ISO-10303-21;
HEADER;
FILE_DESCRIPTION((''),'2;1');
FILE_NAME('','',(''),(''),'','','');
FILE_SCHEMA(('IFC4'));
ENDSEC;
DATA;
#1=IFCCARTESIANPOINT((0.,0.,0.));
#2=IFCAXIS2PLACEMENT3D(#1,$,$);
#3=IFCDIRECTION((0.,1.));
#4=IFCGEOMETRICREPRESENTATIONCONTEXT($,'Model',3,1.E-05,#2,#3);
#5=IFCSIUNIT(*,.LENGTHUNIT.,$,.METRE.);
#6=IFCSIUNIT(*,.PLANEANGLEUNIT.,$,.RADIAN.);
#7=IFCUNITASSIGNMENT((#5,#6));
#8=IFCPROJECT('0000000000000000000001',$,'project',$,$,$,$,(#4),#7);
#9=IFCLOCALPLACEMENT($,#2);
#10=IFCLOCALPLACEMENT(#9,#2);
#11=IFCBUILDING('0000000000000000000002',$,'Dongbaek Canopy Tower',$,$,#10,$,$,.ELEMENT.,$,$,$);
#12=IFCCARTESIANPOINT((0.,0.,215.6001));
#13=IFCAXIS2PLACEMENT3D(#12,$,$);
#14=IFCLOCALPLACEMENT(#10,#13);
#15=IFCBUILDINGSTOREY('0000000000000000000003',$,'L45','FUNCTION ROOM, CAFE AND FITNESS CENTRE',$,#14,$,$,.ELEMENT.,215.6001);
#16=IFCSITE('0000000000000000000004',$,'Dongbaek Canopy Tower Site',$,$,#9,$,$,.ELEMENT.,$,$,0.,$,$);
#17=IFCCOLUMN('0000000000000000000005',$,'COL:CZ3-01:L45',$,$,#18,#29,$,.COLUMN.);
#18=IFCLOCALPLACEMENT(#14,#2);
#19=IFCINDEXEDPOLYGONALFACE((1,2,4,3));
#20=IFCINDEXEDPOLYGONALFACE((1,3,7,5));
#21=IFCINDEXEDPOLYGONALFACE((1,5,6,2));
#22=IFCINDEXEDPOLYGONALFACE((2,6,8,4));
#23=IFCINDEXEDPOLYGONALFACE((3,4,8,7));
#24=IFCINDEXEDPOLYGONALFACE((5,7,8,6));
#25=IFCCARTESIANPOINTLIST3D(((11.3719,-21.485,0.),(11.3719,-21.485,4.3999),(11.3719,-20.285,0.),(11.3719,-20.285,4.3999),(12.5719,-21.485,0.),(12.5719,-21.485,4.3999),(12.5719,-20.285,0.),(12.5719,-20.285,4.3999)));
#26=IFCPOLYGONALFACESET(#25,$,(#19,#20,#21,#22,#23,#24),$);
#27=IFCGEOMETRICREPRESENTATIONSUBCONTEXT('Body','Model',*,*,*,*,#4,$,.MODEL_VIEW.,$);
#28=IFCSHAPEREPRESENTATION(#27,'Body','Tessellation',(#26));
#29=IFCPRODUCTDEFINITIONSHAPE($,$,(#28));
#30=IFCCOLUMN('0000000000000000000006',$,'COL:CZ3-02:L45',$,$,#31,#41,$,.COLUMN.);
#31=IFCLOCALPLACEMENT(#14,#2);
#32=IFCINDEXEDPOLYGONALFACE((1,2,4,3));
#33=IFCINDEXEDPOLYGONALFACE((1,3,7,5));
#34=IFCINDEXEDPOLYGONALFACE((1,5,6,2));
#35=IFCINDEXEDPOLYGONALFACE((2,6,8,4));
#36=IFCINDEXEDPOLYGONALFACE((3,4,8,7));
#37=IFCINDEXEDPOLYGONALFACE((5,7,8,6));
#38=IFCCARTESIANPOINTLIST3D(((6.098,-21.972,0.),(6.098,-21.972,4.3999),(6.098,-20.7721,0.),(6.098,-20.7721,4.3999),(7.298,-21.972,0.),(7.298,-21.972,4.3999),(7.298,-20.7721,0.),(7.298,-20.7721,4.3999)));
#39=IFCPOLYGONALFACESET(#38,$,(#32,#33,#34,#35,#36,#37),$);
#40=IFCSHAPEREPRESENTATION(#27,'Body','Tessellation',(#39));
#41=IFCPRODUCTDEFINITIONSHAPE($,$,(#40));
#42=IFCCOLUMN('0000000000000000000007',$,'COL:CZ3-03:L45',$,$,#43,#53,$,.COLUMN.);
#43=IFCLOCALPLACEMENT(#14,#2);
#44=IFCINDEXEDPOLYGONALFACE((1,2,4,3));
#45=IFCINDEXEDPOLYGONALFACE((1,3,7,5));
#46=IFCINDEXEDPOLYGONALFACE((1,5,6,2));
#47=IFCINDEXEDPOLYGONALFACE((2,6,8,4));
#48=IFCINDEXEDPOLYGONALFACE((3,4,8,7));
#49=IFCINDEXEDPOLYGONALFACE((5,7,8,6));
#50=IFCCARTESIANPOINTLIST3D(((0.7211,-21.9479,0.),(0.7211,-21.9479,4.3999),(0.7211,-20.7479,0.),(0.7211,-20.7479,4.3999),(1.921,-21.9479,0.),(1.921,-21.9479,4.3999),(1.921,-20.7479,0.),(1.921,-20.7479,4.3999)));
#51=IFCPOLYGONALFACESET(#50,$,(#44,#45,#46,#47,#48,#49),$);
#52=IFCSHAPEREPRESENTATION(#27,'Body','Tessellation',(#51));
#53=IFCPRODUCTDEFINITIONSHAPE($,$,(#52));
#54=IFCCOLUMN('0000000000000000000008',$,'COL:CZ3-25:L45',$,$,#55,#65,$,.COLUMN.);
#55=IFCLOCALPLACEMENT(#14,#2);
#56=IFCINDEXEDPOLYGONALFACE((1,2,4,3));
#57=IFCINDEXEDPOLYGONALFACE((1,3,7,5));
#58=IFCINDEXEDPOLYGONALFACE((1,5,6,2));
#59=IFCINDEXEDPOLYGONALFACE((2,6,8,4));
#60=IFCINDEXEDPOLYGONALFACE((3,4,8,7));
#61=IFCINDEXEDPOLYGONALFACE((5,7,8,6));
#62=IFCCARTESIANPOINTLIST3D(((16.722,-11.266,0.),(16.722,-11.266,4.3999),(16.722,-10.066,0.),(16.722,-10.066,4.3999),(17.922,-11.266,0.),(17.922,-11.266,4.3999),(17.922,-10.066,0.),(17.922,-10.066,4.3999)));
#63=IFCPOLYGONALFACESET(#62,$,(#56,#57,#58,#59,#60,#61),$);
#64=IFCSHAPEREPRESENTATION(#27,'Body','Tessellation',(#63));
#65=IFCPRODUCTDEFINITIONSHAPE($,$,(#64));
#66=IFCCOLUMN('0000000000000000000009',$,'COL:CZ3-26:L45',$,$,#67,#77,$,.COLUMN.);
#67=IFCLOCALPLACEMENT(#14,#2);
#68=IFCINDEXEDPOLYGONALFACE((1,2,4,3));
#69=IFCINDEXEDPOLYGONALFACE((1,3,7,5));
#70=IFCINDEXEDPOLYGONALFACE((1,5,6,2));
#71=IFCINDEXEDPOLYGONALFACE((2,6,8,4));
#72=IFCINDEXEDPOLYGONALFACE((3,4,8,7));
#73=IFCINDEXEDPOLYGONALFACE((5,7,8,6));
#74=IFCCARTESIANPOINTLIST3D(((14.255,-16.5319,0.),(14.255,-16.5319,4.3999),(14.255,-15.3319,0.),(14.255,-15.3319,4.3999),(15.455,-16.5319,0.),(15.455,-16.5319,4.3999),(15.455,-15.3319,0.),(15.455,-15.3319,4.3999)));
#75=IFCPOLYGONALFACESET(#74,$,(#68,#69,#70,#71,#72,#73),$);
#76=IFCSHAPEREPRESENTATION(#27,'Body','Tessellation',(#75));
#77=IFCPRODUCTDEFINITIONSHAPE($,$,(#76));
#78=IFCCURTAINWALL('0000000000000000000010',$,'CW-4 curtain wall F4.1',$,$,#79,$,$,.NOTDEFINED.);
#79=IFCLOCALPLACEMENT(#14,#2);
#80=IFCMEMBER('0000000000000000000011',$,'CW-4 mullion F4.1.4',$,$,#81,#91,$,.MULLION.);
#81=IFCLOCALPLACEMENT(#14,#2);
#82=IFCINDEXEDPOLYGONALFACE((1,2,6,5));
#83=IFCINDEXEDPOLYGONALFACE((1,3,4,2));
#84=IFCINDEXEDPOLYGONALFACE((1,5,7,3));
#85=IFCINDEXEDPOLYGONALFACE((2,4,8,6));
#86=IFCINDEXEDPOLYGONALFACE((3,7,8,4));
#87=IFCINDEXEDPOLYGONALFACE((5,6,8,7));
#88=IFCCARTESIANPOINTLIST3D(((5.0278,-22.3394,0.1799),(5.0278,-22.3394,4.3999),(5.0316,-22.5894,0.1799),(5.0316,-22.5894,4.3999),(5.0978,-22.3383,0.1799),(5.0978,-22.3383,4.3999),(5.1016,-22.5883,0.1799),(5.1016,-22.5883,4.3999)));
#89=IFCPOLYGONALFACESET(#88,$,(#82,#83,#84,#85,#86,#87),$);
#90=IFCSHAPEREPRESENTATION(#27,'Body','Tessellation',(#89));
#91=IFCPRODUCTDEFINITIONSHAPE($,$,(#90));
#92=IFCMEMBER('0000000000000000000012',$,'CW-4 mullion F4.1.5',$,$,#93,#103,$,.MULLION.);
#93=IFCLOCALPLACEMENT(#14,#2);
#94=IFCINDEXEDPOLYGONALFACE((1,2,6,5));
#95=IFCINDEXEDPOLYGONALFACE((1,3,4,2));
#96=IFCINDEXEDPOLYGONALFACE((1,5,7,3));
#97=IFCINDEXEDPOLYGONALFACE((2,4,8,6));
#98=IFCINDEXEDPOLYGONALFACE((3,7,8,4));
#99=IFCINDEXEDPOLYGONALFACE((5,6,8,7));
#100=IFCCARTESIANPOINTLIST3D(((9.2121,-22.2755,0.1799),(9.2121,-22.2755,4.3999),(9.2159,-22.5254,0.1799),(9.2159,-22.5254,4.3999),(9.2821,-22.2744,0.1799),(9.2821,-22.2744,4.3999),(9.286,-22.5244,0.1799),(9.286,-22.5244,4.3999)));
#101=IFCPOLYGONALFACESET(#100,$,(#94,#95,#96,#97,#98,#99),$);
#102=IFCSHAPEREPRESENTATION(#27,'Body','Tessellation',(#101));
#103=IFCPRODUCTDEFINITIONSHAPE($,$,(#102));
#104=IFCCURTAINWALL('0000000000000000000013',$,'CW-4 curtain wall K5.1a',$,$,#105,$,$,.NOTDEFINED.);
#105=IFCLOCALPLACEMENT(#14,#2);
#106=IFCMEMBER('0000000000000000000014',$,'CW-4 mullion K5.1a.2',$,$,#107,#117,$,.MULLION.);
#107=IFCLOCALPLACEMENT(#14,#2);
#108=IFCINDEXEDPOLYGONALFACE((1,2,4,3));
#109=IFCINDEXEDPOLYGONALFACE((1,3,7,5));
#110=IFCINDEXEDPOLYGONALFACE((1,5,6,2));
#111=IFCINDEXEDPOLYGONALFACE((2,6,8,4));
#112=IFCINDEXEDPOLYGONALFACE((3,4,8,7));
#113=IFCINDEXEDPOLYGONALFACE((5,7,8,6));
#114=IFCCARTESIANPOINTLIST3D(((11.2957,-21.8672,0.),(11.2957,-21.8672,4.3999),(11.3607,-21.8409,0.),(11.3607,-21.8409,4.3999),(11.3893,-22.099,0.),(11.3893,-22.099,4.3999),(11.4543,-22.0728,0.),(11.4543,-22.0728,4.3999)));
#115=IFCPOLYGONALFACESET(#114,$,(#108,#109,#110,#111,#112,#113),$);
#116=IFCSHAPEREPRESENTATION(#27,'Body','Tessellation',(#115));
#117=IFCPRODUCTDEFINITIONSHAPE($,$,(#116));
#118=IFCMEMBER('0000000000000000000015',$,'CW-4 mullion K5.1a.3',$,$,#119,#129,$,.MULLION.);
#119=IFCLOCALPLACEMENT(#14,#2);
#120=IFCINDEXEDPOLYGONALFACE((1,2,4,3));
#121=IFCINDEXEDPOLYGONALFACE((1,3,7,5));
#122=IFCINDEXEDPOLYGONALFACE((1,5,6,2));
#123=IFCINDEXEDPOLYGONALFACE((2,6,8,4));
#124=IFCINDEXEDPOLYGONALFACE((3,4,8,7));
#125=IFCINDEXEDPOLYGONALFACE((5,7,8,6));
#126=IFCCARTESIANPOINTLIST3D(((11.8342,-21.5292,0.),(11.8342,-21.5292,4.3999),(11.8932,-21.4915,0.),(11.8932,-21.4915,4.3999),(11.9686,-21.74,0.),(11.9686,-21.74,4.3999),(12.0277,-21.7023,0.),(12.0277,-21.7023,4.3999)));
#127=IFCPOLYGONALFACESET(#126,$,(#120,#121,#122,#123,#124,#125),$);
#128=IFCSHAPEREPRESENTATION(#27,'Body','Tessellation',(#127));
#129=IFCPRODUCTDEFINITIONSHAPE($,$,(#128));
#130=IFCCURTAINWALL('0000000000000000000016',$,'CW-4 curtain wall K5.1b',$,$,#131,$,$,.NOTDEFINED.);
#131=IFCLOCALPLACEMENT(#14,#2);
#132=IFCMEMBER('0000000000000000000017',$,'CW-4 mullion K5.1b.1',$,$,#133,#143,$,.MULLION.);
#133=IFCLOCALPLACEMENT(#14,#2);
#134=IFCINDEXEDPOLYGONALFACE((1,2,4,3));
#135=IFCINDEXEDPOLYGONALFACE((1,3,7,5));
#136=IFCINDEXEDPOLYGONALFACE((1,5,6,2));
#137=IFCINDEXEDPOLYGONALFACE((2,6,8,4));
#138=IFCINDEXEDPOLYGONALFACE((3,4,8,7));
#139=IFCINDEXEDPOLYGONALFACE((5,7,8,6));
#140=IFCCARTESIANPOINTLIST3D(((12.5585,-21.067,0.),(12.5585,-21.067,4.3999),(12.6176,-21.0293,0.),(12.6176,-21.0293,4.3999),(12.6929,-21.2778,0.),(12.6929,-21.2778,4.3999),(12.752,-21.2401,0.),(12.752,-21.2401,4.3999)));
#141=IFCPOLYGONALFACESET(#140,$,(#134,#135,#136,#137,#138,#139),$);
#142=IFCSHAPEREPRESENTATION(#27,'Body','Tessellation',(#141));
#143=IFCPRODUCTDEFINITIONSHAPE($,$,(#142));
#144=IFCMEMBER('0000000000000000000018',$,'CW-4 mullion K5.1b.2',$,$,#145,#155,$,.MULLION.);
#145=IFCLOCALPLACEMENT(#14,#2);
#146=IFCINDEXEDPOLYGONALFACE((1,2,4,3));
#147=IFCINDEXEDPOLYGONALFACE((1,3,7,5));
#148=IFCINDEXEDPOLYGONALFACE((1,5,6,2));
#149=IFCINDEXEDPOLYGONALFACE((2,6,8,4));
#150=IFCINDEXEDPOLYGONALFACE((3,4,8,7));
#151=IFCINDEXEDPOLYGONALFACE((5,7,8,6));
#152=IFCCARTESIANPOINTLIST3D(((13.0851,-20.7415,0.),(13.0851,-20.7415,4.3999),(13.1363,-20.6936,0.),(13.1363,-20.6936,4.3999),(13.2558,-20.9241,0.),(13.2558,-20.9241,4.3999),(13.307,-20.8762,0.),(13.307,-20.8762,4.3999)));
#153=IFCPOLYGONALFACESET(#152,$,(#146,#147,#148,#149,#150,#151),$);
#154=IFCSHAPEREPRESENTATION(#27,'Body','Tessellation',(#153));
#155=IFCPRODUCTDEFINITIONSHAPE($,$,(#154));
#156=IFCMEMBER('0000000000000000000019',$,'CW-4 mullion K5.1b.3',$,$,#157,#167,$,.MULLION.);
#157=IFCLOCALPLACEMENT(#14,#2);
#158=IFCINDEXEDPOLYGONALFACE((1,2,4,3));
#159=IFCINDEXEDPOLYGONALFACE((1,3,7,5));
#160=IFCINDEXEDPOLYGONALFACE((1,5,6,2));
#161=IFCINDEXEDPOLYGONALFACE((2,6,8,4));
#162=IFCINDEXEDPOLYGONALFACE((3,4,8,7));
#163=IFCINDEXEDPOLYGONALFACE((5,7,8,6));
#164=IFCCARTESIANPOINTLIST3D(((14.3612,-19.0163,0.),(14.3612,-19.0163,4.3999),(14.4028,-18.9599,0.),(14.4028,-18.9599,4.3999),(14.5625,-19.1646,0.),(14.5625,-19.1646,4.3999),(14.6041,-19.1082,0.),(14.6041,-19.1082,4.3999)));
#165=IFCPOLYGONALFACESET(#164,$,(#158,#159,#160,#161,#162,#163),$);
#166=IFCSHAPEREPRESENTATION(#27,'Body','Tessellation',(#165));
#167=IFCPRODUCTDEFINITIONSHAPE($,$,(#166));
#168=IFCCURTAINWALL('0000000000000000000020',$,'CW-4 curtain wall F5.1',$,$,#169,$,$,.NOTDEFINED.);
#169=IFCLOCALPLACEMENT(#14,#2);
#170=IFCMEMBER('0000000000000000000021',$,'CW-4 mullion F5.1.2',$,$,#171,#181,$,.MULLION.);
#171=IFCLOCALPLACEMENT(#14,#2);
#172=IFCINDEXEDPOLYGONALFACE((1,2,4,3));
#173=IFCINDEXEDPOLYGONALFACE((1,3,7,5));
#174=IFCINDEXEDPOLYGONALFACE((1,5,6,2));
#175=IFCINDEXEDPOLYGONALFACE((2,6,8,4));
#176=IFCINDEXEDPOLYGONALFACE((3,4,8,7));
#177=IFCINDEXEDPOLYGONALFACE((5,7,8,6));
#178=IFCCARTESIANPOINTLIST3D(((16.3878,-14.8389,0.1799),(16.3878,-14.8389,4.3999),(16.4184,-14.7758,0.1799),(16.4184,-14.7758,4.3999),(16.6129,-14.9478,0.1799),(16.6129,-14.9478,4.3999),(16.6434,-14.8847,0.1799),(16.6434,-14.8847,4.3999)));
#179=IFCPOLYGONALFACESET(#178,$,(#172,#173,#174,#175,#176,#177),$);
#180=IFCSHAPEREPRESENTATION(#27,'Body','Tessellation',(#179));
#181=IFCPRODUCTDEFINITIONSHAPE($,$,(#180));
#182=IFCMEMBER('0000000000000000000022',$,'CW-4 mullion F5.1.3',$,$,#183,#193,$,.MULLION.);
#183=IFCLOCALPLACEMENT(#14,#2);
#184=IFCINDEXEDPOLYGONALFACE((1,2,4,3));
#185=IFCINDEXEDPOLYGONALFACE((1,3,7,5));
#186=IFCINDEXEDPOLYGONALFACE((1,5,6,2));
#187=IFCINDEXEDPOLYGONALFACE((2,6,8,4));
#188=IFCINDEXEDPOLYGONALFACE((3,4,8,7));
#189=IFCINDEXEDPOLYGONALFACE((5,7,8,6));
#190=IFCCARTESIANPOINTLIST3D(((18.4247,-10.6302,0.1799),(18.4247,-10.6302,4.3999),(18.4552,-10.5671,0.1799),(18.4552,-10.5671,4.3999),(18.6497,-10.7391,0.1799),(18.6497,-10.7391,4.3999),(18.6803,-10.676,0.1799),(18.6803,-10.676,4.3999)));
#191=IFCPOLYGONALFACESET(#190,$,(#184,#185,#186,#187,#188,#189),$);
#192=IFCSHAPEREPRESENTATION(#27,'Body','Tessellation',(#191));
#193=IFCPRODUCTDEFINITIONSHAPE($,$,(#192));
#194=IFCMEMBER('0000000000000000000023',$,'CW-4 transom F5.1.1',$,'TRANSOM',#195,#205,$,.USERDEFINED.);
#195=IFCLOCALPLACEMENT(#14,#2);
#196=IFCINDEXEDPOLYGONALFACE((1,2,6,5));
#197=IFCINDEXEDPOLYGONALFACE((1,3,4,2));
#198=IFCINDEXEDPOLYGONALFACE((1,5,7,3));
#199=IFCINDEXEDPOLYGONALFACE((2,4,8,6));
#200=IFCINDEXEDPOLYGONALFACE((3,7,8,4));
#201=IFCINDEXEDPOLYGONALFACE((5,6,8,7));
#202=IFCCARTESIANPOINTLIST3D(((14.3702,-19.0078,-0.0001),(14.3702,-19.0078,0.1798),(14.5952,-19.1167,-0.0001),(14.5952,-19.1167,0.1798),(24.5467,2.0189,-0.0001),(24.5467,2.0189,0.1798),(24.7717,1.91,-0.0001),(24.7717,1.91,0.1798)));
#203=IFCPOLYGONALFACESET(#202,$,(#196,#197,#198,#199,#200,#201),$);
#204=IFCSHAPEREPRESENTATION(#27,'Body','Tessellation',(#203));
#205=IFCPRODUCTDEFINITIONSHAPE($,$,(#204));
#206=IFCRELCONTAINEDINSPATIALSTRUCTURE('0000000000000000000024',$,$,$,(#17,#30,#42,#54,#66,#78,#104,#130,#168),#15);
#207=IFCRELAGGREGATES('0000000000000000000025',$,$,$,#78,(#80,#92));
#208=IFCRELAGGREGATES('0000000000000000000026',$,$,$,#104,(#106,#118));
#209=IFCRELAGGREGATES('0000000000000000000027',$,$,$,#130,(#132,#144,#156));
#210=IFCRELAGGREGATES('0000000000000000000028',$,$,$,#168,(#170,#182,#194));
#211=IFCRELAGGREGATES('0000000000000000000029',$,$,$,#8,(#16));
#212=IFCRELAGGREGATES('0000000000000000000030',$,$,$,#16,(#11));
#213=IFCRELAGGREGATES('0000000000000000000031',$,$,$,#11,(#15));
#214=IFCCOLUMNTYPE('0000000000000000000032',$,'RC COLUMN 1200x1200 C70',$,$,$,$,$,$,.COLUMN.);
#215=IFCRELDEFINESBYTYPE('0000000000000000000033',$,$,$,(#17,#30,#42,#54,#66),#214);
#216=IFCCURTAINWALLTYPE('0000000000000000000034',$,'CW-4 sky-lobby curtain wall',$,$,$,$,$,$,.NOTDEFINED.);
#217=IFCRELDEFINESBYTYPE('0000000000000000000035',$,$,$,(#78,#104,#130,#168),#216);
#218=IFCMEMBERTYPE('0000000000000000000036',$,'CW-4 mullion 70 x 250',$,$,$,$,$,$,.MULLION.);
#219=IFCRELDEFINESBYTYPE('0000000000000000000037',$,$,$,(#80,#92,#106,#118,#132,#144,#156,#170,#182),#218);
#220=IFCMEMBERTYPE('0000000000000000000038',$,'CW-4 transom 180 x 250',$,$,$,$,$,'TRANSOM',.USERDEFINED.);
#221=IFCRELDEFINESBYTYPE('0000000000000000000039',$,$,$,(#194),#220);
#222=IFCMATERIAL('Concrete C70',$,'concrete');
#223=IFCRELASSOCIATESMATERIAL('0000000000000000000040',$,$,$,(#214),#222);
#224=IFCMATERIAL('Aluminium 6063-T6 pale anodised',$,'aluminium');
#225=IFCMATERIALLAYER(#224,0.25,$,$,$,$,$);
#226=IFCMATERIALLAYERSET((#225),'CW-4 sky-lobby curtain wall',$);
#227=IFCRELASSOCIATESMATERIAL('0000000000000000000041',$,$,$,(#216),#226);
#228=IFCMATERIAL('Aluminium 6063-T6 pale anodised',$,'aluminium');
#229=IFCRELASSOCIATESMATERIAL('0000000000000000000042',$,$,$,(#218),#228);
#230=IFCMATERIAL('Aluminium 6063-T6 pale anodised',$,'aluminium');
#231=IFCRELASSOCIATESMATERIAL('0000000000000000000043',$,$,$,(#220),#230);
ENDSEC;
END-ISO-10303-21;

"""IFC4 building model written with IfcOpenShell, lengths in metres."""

from ifc_helpers import new_model, si_unit, direction, frame, origin, origin_2d, place, context, subcontext, project, spatial, rectangle, extrude, material, layer, layer_set, material_profile, profile_set, type_object, element, aggregate, save


model = new_model("IFC4")

# Units and contexts
model_context = context("Model", 3, precision=1e-05, world=origin(), true_north=direction((0.0, 1.0)))
body_context = subcontext(model_context, "Body", "Model", "MODEL_VIEW")
ifc_project = project(units=[si_unit("LENGTHUNIT", "METRE"), si_unit("PLANEANGLEUNIT", "RADIAN")], contexts=[model_context])

# Site, building, storey
site_placement = place(None, origin())
site = spatial("IfcSite", under=ifc_project, at=site_placement, Name="Dongbaek Canopy Tower Site", CompositionType="ELEMENT", RefElevation=0.0)
building_placement = place(site_placement, origin())
building = spatial("IfcBuilding", under=site, at=building_placement, Name="Dongbaek Canopy Tower", CompositionType="ELEMENT")
storey_placement = place(building_placement, frame((0.0, 0.0, 215.6001)))
storey = spatial("IfcBuildingStorey", under=building, at=storey_placement, Name="L45", Description="FUNCTION ROOM, CAFE AND FITNESS CENTRE", CompositionType="ELEMENT", Elevation=215.6001)

# Columns
ifc_material_1 = material(Name="Concrete C70", Category="concrete")
ifc_material_profile_1 = material_profile(ifc_material_1, rectangle(XDim=1.2, YDim=1.2, at=origin_2d()), Name="RC COLUMN 1200x1200 C70")
ifc_profile_set_1 = profile_set([ifc_material_profile_1], Name="Concrete C70")
column_type = type_object("IfcColumnType", Name="RC COLUMN 1200x1200 C70", PredefinedType="COLUMN", material=ifc_profile_set_1)
for number, where, z_axis, x_axis, name in (
    (1, (11.9719, -20.885, 0.0), (0.0, 0.0, 1.0), (1.0, 0.0, 0.0), "COL:CZ3-01:L45"),
    (2, (6.698, -21.3721, 0.0), (0.0, 0.0, 1.0), (1.0, 0.0, 0.0), "COL:CZ3-02:L45"),
    (3, (1.321, -21.3479, 0.0), (0.0, 0.0, 1.0), (1.0, 0.0, 0.0), "COL:CZ3-03:L45"),
    (4, (17.322, -10.666, 0.0), (0.0, 0.0, 1.0), (1.0, 0.0, 0.0), "COL:CZ3-25:L45"),
    (5, (14.855, -15.9319, 0.0), (0.0, 0.0, 1.0), (1.0, 0.0, 0.0), "COL:CZ3-26:L45"),
):
    element("IfcColumn", number, at=place(storey_placement, frame(where, z_axis=z_axis, x_axis=x_axis)), inside=storey, type_object=column_type, Name=name, PredefinedType="COLUMN", context=body_context, shape_type="SweptSolid", body=[
        extrude(rectangle(XDim=1.2, YDim=1.2, at=origin_2d()), origin(), (0.0, 0.0, 1.0), 4.3999),
    ])

# Curtain walls, members
ifc_material_2 = material(Name="Aluminium 6063-T6 pale anodised", Category="aluminium")
ifc_layer_1 = layer(ifc_material_2, 0.25)
ifc_layer_set_1 = layer_set([ifc_layer_1], Name="CW-4 sky-lobby curtain wall")
curtain_wall_type = type_object("IfcCurtainWallType", Name="CW-4 sky-lobby curtain wall", PredefinedType="NOTDEFINED", material=ifc_layer_set_1)
curtain_wall_1_placement = place(storey_placement, origin())
curtain_wall_1 = element("IfcCurtainWall", 6, at=curtain_wall_1_placement, inside=storey, type_object=curtain_wall_type, Name="CW-4 curtain wall F4.1", PredefinedType="NOTDEFINED")
ifc_material_3 = material(Name="Aluminium 6063-T6 pale anodised", Category="aluminium")
ifc_material_profile_2 = material_profile(ifc_material_3, rectangle(XDim=0.25, YDim=0.0701, at=origin_2d()), Name="CW-4 mullion 70 x 250")
ifc_profile_set_2 = profile_set([ifc_material_profile_2], Name="Aluminium 6063-T6 pale anodised")
member_type_1 = type_object("IfcMemberType", Name="CW-4 mullion 70 x 250", PredefinedType="MULLION", material=ifc_profile_set_2)
member_1_placement = place(storey_placement, frame((5.0647, -22.4639, 0.1799), z_axis=(0.0, 0.0, 1.0), x_axis=(0.015303, -0.999883, 0.0)))
member_1 = element("IfcMember", 7, at=member_1_placement, type_object=member_type_1, Name="CW-4 mullion F4.1.4", PredefinedType="MULLION", context=body_context, shape_type="SweptSolid", body=[
    extrude(rectangle(XDim=0.25, YDim=0.0701, at=origin_2d()), origin(), (0.0, 0.0, 1.0), 4.22),
])
member_2_placement = place(storey_placement, frame((9.249, -22.3999, 0.1799), z_axis=(0.0, 0.0, 1.0), x_axis=(0.015303, -0.999883, 0.0)))
member_2 = element("IfcMember", 8, at=member_2_placement, type_object=member_type_1, Name="CW-4 mullion F4.1.5", PredefinedType="MULLION", context=body_context, shape_type="SweptSolid", body=[
    extrude(rectangle(XDim=0.25, YDim=0.0701, at=origin_2d()), origin(), (0.0, 0.0, 1.0), 4.22),
])
curtain_wall_2_placement = place(storey_placement, origin())
curtain_wall_2 = element("IfcCurtainWall", 9, at=curtain_wall_2_placement, inside=storey, type_object=curtain_wall_type, Name="CW-4 curtain wall K5.1a", PredefinedType="NOTDEFINED")
member_3_placement = place(storey_placement, frame((11.375, -21.97, 0.0), z_axis=(0.0, 0.0, 1.0), x_axis=(0.374216, -0.927342, 0.0)))
member_3 = element("IfcMember", 10, at=member_3_placement, type_object=member_type_1, Name="CW-4 mullion K5.1a.2", PredefinedType="MULLION", context=body_context, shape_type="SweptSolid", body=[
    extrude(rectangle(XDim=0.25, YDim=0.0701, at=origin_2d()), origin(), (0.0, 0.0, 1.0), 4.3999),
])
member_4_placement = place(storey_placement, frame((11.9309, -21.6157, 0.0), z_axis=(0.0, 0.0, 1.0), x_axis=(0.537672, -0.843154, 0.0)))
member_4 = element("IfcMember", 11, at=member_4_placement, type_object=member_type_1, Name="CW-4 mullion K5.1a.3", PredefinedType="MULLION", context=body_context, shape_type="SweptSolid", body=[
    extrude(rectangle(XDim=0.25, YDim=0.0701, at=origin_2d()), origin(), (0.0, 0.0, 1.0), 4.3999),
])
curtain_wall_3_placement = place(storey_placement, origin())
curtain_wall_3 = element("IfcCurtainWall", 12, at=curtain_wall_3_placement, inside=storey, type_object=curtain_wall_type, Name="CW-4 curtain wall K5.1b", PredefinedType="NOTDEFINED")
member_5_placement = place(storey_placement, frame((12.6553, -21.1536, 0.0), z_axis=(0.0, 0.0, 1.0), x_axis=(0.537672, -0.843154, 0.0)))
member_5 = element("IfcMember", 13, at=member_5_placement, type_object=member_type_1, Name="CW-4 mullion K5.1b.1", PredefinedType="MULLION", context=body_context, shape_type="SweptSolid", body=[
    extrude(rectangle(XDim=0.25, YDim=0.0701, at=origin_2d()), origin(), (0.0, 0.0, 1.0), 4.3999),
])
member_6_placement = place(storey_placement, frame((13.196, -20.8088, 0.0), z_axis=(0.0, 0.0, 1.0), x_axis=(0.682953, -0.730462, 0.0)))
member_6 = element("IfcMember", 14, at=member_6_placement, type_object=member_type_1, Name="CW-4 mullion K5.1b.2", PredefinedType="MULLION", context=body_context, shape_type="SweptSolid", body=[
    extrude(rectangle(XDim=0.25, YDim=0.0701, at=origin_2d()), origin(), (0.0, 0.0, 1.0), 4.3999),
])
member_7_placement = place(storey_placement, frame((14.4827, -19.0623, 0.0), z_axis=(0.0, 0.0, 1.0), x_axis=(0.805146, -0.593077, 0.0)))
member_7 = element("IfcMember", 15, at=member_7_placement, type_object=member_type_1, Name="CW-4 mullion K5.1b.3", PredefinedType="MULLION", context=body_context, shape_type="SweptSolid", body=[
    extrude(rectangle(XDim=0.25, YDim=0.0701, at=origin_2d()), origin(), (0.0, 0.0, 1.0), 4.3999),
])
curtain_wall_4_placement = place(storey_placement, origin())
curtain_wall_4 = element("IfcCurtainWall", 16, at=curtain_wall_4_placement, inside=storey, type_object=curtain_wall_type, Name="CW-4 curtain wall F5.1", PredefinedType="NOTDEFINED")
member_8_placement = place(storey_placement, frame((16.5156, -14.8618, 0.1799), z_axis=(0.0, 0.0, 1.0), x_axis=(0.90012, -0.435642, 0.0)))
member_8 = element("IfcMember", 17, at=member_8_placement, type_object=member_type_1, Name="CW-4 mullion F5.1.2", PredefinedType="MULLION", context=body_context, shape_type="SweptSolid", body=[
    extrude(rectangle(XDim=0.25, YDim=0.0701, at=origin_2d()), origin(), (0.0, 0.0, 1.0), 4.22),
])
member_9_placement = place(storey_placement, frame((18.5525, -10.6531, 0.1799), z_axis=(0.0, 0.0, 1.0), x_axis=(0.90012, -0.435642, 0.0)))
member_9 = element("IfcMember", 18, at=member_9_placement, type_object=member_type_1, Name="CW-4 mullion F5.1.3", PredefinedType="MULLION", context=body_context, shape_type="SweptSolid", body=[
    extrude(rectangle(XDim=0.25, YDim=0.0701, at=origin_2d()), origin(), (0.0, 0.0, 1.0), 4.22),
])
ifc_material_4 = material(Name="Aluminium 6063-T6 pale anodised", Category="aluminium")
ifc_material_profile_3 = material_profile(ifc_material_4, rectangle(XDim=0.25, YDim=0.1799, at=origin_2d()), Name="CW-4 transom 180 x 250")
ifc_profile_set_3 = profile_set([ifc_material_profile_3], Name="Aluminium 6063-T6 pale anodised")
member_type_2 = type_object("IfcMemberType", Name="CW-4 transom 180 x 250", ElementType="TRANSOM", PredefinedType="USERDEFINED", material=ifc_profile_set_3)
member_10_placement = place(storey_placement, frame((14.4827, -19.0623, 0.0898), z_axis=(0.435642, 0.90012, 0.0), x_axis=(-0.90012, 0.435642, 0.0)))
member_10 = element("IfcMember", 19, at=member_10_placement, type_object=member_type_2, Name="CW-4 transom F5.1.1", ObjectType="TRANSOM", PredefinedType="USERDEFINED", context=body_context, shape_type="SweptSolid", body=[
    extrude(rectangle(XDim=0.25, YDim=0.1799, at=origin_2d()), origin(), (0.0, 0.0, 1.0), 23.3599),
])

aggregate(curtain_wall_1, [member_1, member_2])
aggregate(curtain_wall_2, [member_3, member_4])
aggregate(curtain_wall_3, [member_5, member_6, member_7])
aggregate(curtain_wall_4, [member_8, member_9, member_10])

save(model, "model.ifc")
